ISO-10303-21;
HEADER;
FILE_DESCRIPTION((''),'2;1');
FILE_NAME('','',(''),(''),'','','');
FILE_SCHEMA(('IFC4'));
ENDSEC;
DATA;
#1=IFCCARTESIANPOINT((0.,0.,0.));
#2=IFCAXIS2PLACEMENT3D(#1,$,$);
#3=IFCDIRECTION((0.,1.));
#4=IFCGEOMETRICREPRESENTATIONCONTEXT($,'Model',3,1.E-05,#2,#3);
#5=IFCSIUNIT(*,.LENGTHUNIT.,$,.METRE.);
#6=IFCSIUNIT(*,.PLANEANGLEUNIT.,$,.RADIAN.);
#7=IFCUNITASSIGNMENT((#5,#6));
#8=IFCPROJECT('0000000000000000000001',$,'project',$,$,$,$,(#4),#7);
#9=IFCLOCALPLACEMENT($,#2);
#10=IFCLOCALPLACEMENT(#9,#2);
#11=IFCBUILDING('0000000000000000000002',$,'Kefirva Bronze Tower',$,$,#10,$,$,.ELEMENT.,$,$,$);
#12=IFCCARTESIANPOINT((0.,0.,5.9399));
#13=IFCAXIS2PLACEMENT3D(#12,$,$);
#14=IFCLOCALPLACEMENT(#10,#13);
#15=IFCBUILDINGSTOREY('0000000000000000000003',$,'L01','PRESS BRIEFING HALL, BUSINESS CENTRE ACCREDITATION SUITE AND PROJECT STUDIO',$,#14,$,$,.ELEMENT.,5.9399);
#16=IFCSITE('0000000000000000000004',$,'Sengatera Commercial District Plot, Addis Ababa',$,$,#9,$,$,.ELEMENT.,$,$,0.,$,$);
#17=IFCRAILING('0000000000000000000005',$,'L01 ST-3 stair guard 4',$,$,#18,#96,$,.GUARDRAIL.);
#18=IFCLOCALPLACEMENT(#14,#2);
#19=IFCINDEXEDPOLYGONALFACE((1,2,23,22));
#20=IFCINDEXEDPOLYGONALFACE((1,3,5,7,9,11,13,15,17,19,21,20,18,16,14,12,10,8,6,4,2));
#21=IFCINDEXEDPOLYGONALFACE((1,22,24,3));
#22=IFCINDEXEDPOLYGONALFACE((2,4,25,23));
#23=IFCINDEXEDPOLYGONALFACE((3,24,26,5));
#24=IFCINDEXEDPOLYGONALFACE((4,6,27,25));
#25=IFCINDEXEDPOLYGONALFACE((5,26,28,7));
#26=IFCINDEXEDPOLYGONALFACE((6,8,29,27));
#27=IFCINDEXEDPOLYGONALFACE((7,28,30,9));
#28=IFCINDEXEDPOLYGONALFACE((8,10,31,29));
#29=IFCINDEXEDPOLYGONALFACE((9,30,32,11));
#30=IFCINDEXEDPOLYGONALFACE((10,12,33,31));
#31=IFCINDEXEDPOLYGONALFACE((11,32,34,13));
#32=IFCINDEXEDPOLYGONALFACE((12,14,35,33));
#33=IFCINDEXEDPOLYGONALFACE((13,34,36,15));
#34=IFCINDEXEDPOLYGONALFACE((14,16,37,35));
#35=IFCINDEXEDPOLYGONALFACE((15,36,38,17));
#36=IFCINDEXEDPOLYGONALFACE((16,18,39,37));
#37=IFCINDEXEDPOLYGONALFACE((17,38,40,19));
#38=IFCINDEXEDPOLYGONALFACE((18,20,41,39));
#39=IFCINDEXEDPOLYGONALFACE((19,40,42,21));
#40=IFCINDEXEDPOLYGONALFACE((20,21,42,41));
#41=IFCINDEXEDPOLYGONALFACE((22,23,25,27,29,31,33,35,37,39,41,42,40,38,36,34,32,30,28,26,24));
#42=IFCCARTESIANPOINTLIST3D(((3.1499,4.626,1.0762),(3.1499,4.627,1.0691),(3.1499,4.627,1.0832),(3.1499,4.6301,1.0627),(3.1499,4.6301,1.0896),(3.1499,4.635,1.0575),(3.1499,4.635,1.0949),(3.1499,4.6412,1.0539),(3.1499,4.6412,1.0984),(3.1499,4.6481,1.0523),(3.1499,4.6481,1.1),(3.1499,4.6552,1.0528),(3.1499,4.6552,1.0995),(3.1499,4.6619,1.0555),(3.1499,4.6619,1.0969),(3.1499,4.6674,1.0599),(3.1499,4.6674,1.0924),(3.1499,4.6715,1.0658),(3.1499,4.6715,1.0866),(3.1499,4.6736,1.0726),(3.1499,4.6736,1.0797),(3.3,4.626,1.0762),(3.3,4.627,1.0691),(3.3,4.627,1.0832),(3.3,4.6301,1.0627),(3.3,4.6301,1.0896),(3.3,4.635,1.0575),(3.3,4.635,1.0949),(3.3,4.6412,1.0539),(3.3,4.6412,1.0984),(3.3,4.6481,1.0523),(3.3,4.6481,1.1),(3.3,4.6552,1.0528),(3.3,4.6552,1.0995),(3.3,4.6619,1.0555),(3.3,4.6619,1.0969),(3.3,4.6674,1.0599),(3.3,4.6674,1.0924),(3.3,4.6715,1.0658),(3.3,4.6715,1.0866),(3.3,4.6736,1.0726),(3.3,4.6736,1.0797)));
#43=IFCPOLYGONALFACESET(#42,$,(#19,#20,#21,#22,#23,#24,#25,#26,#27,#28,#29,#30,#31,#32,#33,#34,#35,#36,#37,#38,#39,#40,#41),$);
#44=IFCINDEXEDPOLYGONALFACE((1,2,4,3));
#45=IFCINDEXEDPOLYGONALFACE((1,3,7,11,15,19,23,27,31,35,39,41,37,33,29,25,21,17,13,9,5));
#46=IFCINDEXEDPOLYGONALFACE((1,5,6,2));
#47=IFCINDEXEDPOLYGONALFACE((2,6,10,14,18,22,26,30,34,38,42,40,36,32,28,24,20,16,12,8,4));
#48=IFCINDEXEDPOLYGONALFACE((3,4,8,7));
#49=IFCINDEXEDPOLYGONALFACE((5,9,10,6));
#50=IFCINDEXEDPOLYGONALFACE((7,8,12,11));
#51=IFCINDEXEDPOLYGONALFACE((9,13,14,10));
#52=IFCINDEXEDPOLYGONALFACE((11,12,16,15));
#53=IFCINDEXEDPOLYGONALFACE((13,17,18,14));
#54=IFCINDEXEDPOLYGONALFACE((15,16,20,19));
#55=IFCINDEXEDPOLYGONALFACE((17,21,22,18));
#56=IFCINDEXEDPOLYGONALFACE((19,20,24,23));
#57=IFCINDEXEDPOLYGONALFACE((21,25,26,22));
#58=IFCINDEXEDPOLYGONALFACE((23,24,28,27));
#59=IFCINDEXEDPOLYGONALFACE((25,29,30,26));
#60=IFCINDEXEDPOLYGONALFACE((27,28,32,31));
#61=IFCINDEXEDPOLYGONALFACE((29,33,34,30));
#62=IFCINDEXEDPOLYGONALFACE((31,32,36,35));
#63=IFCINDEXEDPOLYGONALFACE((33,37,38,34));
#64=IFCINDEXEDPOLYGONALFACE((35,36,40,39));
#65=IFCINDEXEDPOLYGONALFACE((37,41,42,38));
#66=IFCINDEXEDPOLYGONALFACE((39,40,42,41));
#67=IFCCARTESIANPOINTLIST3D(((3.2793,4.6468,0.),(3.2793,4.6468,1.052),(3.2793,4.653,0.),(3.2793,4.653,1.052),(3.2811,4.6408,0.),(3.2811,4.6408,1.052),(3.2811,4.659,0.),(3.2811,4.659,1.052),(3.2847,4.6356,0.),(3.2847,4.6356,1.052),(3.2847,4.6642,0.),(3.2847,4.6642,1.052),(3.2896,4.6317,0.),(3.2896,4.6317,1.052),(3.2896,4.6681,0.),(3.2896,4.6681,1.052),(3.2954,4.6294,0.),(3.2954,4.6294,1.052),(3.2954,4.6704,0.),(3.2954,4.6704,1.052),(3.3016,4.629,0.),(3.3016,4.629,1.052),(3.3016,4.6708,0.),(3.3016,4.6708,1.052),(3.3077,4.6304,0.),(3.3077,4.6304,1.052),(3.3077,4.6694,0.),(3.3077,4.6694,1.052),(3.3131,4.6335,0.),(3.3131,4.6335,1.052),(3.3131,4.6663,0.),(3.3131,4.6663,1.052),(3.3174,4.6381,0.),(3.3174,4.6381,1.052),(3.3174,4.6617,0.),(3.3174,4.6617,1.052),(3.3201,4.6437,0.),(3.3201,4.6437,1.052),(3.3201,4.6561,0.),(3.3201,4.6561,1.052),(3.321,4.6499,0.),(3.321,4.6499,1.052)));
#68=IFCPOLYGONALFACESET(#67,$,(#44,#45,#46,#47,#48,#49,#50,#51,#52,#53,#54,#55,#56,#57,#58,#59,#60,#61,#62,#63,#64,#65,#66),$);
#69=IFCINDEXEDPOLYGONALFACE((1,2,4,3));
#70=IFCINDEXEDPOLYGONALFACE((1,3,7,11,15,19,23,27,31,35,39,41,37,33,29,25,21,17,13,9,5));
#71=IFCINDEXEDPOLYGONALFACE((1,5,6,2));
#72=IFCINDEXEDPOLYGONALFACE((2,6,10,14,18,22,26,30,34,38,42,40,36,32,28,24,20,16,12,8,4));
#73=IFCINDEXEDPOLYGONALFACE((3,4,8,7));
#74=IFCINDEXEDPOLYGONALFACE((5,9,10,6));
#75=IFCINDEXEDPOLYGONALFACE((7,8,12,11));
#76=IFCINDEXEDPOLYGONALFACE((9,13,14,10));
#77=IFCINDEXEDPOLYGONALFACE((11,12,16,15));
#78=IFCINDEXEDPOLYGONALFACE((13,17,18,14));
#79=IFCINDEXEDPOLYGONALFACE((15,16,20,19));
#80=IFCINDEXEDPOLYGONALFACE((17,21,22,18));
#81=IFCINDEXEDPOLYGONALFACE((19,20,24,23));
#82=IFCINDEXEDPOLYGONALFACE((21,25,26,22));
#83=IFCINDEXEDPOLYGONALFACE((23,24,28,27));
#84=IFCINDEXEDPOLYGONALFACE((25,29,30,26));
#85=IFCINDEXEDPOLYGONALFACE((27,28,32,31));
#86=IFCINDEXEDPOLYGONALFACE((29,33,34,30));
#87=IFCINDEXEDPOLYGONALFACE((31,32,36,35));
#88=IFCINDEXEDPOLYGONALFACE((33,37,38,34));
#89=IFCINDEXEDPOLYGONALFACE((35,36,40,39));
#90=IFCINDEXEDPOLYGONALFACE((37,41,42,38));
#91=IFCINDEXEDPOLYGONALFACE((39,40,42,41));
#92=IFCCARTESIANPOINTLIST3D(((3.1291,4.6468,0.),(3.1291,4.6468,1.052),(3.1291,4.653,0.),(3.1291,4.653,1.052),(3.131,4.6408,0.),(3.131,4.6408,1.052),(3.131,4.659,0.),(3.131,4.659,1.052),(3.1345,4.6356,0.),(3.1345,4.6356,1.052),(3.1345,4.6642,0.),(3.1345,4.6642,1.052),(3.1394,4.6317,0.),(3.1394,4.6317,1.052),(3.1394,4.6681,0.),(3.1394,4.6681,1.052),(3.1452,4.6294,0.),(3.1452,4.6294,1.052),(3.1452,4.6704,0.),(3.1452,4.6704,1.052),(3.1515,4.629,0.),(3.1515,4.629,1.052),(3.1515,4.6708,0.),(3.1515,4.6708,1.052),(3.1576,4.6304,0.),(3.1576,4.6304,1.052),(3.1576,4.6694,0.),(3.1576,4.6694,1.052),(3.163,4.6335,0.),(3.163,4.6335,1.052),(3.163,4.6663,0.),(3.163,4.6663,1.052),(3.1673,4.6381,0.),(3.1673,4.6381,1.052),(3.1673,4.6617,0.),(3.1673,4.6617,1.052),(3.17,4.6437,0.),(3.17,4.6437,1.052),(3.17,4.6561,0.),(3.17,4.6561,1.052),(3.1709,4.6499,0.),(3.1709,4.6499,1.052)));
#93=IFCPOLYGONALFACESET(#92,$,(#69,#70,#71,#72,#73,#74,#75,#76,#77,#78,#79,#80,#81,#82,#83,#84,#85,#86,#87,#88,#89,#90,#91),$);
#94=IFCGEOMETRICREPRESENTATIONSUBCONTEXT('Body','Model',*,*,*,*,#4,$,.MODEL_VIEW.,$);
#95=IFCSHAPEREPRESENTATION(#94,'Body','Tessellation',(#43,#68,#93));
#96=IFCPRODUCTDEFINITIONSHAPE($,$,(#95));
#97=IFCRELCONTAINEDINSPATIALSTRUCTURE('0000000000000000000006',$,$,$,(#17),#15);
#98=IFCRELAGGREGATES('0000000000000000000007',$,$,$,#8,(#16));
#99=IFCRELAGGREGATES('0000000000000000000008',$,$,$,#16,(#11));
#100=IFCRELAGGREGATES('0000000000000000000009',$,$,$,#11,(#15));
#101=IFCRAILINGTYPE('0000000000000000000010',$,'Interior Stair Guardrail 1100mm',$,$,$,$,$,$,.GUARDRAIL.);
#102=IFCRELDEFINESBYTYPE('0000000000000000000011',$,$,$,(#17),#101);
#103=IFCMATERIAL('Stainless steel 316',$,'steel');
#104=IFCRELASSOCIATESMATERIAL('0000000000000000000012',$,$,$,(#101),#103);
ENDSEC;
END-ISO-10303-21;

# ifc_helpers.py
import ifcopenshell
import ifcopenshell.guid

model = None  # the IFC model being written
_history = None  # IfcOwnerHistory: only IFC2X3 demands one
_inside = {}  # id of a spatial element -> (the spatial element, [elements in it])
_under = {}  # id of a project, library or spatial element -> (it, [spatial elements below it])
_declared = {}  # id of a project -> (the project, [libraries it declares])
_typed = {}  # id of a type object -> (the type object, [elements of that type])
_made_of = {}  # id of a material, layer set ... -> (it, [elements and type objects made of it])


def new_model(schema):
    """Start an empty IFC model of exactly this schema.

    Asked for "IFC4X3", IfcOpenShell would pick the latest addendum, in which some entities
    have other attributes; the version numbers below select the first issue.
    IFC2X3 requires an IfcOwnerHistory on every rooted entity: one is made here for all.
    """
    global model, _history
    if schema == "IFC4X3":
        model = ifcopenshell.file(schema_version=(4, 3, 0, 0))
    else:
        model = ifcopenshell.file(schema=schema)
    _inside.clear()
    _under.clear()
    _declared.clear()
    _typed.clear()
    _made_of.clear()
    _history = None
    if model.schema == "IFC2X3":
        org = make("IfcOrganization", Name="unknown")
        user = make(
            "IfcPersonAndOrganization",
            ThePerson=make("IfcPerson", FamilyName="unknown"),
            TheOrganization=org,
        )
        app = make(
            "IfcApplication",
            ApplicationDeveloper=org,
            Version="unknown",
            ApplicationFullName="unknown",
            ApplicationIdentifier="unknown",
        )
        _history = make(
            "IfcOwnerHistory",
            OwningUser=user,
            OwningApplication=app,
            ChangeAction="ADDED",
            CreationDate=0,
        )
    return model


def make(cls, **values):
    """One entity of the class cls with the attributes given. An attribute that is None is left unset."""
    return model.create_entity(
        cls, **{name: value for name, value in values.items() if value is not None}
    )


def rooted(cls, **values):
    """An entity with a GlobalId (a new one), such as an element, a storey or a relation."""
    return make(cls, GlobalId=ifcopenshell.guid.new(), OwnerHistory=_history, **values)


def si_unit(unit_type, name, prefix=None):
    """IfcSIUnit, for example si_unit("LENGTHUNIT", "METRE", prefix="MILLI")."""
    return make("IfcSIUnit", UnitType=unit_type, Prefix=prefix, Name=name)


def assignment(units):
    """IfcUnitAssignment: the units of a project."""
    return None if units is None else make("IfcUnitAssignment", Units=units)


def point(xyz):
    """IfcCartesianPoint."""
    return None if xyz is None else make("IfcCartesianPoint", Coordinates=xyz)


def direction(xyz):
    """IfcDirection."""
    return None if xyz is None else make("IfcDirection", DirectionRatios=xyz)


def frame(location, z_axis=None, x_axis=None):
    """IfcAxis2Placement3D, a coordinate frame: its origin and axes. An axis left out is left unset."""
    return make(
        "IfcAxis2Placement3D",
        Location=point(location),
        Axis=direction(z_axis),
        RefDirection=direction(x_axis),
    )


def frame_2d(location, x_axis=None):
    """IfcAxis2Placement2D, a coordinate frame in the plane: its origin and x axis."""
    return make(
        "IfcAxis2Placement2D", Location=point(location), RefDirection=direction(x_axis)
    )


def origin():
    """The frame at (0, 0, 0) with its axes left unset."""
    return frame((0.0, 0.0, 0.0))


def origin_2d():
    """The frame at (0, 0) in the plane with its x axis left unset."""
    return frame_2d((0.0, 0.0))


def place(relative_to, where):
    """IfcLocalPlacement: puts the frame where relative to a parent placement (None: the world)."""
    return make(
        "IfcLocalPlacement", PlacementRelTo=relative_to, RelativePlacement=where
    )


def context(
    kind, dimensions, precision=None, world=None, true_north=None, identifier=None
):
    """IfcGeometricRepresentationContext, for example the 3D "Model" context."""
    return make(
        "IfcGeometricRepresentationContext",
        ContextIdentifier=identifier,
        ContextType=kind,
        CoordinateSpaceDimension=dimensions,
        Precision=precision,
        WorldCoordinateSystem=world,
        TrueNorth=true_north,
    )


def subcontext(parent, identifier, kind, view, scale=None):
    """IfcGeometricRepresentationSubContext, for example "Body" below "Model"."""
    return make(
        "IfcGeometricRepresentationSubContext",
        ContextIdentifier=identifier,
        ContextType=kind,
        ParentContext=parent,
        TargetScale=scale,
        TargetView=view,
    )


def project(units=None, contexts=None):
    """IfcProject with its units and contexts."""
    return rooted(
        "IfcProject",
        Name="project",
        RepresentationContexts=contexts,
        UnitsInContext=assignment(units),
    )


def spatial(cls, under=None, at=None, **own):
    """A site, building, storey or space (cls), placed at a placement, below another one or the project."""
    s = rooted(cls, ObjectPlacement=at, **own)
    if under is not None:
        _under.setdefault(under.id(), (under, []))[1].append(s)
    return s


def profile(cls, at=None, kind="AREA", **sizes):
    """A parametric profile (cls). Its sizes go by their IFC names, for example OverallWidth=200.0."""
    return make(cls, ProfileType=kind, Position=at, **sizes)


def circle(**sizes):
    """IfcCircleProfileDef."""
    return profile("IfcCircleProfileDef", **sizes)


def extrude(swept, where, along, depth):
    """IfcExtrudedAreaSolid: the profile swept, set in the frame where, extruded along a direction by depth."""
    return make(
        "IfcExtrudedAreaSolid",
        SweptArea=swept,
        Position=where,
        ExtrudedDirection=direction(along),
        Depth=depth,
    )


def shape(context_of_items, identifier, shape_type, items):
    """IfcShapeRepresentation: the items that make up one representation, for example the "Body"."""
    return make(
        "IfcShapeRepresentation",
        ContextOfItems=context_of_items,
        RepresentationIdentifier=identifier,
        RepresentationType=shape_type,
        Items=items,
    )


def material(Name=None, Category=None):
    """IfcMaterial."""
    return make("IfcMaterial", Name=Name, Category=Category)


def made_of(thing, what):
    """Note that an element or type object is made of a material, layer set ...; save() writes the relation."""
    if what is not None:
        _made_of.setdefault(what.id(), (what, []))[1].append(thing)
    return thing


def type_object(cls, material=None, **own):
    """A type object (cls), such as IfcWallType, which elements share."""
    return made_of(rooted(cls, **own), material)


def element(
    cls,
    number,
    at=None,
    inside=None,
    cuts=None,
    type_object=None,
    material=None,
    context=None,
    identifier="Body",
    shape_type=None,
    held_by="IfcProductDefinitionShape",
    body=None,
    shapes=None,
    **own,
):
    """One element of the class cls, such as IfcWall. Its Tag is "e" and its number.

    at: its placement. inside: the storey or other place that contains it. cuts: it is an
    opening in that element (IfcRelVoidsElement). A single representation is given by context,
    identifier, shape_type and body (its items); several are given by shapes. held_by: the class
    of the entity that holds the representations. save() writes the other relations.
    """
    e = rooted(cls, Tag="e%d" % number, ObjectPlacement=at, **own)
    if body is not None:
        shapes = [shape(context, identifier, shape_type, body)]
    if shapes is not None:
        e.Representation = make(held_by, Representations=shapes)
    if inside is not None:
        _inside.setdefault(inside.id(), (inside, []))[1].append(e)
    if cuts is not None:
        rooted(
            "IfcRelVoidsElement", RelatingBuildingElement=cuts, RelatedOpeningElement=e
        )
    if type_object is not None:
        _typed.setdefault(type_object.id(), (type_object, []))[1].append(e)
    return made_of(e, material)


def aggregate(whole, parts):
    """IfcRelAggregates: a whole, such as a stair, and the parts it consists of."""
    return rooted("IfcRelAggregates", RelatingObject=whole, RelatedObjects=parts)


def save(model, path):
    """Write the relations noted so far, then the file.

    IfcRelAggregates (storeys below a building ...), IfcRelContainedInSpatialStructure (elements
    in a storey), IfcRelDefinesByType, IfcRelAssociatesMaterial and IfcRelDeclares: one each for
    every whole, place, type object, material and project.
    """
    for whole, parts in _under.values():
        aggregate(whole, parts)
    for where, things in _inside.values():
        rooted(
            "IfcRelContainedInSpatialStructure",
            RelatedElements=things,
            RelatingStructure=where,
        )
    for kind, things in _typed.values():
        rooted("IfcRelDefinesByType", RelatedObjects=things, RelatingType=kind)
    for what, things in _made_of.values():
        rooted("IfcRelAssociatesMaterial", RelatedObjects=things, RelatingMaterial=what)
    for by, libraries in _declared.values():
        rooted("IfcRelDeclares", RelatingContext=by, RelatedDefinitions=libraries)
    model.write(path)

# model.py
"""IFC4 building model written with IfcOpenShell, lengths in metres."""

from ifc_helpers import new_model, si_unit, direction, frame, origin, origin_2d, place, context, subcontext, project, spatial, circle, extrude, material, type_object, element, save


model = new_model("IFC4")

# Units and contexts
model_context = context("Model", 3, precision=1e-05, world=origin(), true_north=direction((0.0, 1.0)))
body_context = subcontext(model_context, "Body", "Model", "MODEL_VIEW")
ifc_project = project(units=[si_unit("LENGTHUNIT", "METRE"), si_unit("PLANEANGLEUNIT", "RADIAN")], contexts=[model_context])

# Site, building, storey
site_placement = place(None, origin())
site = spatial("IfcSite", under=ifc_project, at=site_placement, Name="Sengatera Commercial District Plot, Addis Ababa", CompositionType="ELEMENT", RefElevation=0.0)
building_placement = place(site_placement, origin())
building = spatial("IfcBuilding", under=site, at=building_placement, Name="Kefirva Bronze Tower", CompositionType="ELEMENT")
storey_placement = place(building_placement, frame((0.0, 0.0, 5.9399)))
storey = spatial("IfcBuildingStorey", under=building, at=storey_placement, Name="L01", Description="PRESS BRIEFING HALL, BUSINESS CENTRE ACCREDITATION SUITE AND PROJECT STUDIO", CompositionType="ELEMENT", Elevation=5.9399)

# Railing
ifc_material_1 = material(Name="Stainless steel 316", Category="steel")
railing_type_1 = type_object("IfcRailingType", Name="Interior Stair Guardrail 1100mm", PredefinedType="GUARDRAIL", material=ifc_material_1)
railing_1_placement = place(storey_placement, frame((3.3, 4.6499, 0.0)))
element("IfcRailing", 1, at=railing_1_placement, inside=storey, type_object=railing_type_1, Name="L01 ST-3 stair guard 4", PredefinedType="GUARDRAIL", context=body_context, shape_type="SweptSolid", body=[
    extrude(circle(Radius=0.0239, at=origin_2d()), frame((0.0, 0.0, 1.0762), z_axis=(-1.0, 0.0, 0.0), x_axis=(0.0, -1.0, 0.0)), (0.0, 0.0, 1.0), 0.1501),
    extrude(circle(Radius=0.021, at=origin_2d()), origin(), (0.0, 0.0, 1.0), 1.052),
    extrude(circle(Radius=0.021, at=origin_2d()), frame((-0.1501, 0.0, 0.0)), (0.0, 0.0, 1.0), 1.052),
])

save(model, "model.ifc")
